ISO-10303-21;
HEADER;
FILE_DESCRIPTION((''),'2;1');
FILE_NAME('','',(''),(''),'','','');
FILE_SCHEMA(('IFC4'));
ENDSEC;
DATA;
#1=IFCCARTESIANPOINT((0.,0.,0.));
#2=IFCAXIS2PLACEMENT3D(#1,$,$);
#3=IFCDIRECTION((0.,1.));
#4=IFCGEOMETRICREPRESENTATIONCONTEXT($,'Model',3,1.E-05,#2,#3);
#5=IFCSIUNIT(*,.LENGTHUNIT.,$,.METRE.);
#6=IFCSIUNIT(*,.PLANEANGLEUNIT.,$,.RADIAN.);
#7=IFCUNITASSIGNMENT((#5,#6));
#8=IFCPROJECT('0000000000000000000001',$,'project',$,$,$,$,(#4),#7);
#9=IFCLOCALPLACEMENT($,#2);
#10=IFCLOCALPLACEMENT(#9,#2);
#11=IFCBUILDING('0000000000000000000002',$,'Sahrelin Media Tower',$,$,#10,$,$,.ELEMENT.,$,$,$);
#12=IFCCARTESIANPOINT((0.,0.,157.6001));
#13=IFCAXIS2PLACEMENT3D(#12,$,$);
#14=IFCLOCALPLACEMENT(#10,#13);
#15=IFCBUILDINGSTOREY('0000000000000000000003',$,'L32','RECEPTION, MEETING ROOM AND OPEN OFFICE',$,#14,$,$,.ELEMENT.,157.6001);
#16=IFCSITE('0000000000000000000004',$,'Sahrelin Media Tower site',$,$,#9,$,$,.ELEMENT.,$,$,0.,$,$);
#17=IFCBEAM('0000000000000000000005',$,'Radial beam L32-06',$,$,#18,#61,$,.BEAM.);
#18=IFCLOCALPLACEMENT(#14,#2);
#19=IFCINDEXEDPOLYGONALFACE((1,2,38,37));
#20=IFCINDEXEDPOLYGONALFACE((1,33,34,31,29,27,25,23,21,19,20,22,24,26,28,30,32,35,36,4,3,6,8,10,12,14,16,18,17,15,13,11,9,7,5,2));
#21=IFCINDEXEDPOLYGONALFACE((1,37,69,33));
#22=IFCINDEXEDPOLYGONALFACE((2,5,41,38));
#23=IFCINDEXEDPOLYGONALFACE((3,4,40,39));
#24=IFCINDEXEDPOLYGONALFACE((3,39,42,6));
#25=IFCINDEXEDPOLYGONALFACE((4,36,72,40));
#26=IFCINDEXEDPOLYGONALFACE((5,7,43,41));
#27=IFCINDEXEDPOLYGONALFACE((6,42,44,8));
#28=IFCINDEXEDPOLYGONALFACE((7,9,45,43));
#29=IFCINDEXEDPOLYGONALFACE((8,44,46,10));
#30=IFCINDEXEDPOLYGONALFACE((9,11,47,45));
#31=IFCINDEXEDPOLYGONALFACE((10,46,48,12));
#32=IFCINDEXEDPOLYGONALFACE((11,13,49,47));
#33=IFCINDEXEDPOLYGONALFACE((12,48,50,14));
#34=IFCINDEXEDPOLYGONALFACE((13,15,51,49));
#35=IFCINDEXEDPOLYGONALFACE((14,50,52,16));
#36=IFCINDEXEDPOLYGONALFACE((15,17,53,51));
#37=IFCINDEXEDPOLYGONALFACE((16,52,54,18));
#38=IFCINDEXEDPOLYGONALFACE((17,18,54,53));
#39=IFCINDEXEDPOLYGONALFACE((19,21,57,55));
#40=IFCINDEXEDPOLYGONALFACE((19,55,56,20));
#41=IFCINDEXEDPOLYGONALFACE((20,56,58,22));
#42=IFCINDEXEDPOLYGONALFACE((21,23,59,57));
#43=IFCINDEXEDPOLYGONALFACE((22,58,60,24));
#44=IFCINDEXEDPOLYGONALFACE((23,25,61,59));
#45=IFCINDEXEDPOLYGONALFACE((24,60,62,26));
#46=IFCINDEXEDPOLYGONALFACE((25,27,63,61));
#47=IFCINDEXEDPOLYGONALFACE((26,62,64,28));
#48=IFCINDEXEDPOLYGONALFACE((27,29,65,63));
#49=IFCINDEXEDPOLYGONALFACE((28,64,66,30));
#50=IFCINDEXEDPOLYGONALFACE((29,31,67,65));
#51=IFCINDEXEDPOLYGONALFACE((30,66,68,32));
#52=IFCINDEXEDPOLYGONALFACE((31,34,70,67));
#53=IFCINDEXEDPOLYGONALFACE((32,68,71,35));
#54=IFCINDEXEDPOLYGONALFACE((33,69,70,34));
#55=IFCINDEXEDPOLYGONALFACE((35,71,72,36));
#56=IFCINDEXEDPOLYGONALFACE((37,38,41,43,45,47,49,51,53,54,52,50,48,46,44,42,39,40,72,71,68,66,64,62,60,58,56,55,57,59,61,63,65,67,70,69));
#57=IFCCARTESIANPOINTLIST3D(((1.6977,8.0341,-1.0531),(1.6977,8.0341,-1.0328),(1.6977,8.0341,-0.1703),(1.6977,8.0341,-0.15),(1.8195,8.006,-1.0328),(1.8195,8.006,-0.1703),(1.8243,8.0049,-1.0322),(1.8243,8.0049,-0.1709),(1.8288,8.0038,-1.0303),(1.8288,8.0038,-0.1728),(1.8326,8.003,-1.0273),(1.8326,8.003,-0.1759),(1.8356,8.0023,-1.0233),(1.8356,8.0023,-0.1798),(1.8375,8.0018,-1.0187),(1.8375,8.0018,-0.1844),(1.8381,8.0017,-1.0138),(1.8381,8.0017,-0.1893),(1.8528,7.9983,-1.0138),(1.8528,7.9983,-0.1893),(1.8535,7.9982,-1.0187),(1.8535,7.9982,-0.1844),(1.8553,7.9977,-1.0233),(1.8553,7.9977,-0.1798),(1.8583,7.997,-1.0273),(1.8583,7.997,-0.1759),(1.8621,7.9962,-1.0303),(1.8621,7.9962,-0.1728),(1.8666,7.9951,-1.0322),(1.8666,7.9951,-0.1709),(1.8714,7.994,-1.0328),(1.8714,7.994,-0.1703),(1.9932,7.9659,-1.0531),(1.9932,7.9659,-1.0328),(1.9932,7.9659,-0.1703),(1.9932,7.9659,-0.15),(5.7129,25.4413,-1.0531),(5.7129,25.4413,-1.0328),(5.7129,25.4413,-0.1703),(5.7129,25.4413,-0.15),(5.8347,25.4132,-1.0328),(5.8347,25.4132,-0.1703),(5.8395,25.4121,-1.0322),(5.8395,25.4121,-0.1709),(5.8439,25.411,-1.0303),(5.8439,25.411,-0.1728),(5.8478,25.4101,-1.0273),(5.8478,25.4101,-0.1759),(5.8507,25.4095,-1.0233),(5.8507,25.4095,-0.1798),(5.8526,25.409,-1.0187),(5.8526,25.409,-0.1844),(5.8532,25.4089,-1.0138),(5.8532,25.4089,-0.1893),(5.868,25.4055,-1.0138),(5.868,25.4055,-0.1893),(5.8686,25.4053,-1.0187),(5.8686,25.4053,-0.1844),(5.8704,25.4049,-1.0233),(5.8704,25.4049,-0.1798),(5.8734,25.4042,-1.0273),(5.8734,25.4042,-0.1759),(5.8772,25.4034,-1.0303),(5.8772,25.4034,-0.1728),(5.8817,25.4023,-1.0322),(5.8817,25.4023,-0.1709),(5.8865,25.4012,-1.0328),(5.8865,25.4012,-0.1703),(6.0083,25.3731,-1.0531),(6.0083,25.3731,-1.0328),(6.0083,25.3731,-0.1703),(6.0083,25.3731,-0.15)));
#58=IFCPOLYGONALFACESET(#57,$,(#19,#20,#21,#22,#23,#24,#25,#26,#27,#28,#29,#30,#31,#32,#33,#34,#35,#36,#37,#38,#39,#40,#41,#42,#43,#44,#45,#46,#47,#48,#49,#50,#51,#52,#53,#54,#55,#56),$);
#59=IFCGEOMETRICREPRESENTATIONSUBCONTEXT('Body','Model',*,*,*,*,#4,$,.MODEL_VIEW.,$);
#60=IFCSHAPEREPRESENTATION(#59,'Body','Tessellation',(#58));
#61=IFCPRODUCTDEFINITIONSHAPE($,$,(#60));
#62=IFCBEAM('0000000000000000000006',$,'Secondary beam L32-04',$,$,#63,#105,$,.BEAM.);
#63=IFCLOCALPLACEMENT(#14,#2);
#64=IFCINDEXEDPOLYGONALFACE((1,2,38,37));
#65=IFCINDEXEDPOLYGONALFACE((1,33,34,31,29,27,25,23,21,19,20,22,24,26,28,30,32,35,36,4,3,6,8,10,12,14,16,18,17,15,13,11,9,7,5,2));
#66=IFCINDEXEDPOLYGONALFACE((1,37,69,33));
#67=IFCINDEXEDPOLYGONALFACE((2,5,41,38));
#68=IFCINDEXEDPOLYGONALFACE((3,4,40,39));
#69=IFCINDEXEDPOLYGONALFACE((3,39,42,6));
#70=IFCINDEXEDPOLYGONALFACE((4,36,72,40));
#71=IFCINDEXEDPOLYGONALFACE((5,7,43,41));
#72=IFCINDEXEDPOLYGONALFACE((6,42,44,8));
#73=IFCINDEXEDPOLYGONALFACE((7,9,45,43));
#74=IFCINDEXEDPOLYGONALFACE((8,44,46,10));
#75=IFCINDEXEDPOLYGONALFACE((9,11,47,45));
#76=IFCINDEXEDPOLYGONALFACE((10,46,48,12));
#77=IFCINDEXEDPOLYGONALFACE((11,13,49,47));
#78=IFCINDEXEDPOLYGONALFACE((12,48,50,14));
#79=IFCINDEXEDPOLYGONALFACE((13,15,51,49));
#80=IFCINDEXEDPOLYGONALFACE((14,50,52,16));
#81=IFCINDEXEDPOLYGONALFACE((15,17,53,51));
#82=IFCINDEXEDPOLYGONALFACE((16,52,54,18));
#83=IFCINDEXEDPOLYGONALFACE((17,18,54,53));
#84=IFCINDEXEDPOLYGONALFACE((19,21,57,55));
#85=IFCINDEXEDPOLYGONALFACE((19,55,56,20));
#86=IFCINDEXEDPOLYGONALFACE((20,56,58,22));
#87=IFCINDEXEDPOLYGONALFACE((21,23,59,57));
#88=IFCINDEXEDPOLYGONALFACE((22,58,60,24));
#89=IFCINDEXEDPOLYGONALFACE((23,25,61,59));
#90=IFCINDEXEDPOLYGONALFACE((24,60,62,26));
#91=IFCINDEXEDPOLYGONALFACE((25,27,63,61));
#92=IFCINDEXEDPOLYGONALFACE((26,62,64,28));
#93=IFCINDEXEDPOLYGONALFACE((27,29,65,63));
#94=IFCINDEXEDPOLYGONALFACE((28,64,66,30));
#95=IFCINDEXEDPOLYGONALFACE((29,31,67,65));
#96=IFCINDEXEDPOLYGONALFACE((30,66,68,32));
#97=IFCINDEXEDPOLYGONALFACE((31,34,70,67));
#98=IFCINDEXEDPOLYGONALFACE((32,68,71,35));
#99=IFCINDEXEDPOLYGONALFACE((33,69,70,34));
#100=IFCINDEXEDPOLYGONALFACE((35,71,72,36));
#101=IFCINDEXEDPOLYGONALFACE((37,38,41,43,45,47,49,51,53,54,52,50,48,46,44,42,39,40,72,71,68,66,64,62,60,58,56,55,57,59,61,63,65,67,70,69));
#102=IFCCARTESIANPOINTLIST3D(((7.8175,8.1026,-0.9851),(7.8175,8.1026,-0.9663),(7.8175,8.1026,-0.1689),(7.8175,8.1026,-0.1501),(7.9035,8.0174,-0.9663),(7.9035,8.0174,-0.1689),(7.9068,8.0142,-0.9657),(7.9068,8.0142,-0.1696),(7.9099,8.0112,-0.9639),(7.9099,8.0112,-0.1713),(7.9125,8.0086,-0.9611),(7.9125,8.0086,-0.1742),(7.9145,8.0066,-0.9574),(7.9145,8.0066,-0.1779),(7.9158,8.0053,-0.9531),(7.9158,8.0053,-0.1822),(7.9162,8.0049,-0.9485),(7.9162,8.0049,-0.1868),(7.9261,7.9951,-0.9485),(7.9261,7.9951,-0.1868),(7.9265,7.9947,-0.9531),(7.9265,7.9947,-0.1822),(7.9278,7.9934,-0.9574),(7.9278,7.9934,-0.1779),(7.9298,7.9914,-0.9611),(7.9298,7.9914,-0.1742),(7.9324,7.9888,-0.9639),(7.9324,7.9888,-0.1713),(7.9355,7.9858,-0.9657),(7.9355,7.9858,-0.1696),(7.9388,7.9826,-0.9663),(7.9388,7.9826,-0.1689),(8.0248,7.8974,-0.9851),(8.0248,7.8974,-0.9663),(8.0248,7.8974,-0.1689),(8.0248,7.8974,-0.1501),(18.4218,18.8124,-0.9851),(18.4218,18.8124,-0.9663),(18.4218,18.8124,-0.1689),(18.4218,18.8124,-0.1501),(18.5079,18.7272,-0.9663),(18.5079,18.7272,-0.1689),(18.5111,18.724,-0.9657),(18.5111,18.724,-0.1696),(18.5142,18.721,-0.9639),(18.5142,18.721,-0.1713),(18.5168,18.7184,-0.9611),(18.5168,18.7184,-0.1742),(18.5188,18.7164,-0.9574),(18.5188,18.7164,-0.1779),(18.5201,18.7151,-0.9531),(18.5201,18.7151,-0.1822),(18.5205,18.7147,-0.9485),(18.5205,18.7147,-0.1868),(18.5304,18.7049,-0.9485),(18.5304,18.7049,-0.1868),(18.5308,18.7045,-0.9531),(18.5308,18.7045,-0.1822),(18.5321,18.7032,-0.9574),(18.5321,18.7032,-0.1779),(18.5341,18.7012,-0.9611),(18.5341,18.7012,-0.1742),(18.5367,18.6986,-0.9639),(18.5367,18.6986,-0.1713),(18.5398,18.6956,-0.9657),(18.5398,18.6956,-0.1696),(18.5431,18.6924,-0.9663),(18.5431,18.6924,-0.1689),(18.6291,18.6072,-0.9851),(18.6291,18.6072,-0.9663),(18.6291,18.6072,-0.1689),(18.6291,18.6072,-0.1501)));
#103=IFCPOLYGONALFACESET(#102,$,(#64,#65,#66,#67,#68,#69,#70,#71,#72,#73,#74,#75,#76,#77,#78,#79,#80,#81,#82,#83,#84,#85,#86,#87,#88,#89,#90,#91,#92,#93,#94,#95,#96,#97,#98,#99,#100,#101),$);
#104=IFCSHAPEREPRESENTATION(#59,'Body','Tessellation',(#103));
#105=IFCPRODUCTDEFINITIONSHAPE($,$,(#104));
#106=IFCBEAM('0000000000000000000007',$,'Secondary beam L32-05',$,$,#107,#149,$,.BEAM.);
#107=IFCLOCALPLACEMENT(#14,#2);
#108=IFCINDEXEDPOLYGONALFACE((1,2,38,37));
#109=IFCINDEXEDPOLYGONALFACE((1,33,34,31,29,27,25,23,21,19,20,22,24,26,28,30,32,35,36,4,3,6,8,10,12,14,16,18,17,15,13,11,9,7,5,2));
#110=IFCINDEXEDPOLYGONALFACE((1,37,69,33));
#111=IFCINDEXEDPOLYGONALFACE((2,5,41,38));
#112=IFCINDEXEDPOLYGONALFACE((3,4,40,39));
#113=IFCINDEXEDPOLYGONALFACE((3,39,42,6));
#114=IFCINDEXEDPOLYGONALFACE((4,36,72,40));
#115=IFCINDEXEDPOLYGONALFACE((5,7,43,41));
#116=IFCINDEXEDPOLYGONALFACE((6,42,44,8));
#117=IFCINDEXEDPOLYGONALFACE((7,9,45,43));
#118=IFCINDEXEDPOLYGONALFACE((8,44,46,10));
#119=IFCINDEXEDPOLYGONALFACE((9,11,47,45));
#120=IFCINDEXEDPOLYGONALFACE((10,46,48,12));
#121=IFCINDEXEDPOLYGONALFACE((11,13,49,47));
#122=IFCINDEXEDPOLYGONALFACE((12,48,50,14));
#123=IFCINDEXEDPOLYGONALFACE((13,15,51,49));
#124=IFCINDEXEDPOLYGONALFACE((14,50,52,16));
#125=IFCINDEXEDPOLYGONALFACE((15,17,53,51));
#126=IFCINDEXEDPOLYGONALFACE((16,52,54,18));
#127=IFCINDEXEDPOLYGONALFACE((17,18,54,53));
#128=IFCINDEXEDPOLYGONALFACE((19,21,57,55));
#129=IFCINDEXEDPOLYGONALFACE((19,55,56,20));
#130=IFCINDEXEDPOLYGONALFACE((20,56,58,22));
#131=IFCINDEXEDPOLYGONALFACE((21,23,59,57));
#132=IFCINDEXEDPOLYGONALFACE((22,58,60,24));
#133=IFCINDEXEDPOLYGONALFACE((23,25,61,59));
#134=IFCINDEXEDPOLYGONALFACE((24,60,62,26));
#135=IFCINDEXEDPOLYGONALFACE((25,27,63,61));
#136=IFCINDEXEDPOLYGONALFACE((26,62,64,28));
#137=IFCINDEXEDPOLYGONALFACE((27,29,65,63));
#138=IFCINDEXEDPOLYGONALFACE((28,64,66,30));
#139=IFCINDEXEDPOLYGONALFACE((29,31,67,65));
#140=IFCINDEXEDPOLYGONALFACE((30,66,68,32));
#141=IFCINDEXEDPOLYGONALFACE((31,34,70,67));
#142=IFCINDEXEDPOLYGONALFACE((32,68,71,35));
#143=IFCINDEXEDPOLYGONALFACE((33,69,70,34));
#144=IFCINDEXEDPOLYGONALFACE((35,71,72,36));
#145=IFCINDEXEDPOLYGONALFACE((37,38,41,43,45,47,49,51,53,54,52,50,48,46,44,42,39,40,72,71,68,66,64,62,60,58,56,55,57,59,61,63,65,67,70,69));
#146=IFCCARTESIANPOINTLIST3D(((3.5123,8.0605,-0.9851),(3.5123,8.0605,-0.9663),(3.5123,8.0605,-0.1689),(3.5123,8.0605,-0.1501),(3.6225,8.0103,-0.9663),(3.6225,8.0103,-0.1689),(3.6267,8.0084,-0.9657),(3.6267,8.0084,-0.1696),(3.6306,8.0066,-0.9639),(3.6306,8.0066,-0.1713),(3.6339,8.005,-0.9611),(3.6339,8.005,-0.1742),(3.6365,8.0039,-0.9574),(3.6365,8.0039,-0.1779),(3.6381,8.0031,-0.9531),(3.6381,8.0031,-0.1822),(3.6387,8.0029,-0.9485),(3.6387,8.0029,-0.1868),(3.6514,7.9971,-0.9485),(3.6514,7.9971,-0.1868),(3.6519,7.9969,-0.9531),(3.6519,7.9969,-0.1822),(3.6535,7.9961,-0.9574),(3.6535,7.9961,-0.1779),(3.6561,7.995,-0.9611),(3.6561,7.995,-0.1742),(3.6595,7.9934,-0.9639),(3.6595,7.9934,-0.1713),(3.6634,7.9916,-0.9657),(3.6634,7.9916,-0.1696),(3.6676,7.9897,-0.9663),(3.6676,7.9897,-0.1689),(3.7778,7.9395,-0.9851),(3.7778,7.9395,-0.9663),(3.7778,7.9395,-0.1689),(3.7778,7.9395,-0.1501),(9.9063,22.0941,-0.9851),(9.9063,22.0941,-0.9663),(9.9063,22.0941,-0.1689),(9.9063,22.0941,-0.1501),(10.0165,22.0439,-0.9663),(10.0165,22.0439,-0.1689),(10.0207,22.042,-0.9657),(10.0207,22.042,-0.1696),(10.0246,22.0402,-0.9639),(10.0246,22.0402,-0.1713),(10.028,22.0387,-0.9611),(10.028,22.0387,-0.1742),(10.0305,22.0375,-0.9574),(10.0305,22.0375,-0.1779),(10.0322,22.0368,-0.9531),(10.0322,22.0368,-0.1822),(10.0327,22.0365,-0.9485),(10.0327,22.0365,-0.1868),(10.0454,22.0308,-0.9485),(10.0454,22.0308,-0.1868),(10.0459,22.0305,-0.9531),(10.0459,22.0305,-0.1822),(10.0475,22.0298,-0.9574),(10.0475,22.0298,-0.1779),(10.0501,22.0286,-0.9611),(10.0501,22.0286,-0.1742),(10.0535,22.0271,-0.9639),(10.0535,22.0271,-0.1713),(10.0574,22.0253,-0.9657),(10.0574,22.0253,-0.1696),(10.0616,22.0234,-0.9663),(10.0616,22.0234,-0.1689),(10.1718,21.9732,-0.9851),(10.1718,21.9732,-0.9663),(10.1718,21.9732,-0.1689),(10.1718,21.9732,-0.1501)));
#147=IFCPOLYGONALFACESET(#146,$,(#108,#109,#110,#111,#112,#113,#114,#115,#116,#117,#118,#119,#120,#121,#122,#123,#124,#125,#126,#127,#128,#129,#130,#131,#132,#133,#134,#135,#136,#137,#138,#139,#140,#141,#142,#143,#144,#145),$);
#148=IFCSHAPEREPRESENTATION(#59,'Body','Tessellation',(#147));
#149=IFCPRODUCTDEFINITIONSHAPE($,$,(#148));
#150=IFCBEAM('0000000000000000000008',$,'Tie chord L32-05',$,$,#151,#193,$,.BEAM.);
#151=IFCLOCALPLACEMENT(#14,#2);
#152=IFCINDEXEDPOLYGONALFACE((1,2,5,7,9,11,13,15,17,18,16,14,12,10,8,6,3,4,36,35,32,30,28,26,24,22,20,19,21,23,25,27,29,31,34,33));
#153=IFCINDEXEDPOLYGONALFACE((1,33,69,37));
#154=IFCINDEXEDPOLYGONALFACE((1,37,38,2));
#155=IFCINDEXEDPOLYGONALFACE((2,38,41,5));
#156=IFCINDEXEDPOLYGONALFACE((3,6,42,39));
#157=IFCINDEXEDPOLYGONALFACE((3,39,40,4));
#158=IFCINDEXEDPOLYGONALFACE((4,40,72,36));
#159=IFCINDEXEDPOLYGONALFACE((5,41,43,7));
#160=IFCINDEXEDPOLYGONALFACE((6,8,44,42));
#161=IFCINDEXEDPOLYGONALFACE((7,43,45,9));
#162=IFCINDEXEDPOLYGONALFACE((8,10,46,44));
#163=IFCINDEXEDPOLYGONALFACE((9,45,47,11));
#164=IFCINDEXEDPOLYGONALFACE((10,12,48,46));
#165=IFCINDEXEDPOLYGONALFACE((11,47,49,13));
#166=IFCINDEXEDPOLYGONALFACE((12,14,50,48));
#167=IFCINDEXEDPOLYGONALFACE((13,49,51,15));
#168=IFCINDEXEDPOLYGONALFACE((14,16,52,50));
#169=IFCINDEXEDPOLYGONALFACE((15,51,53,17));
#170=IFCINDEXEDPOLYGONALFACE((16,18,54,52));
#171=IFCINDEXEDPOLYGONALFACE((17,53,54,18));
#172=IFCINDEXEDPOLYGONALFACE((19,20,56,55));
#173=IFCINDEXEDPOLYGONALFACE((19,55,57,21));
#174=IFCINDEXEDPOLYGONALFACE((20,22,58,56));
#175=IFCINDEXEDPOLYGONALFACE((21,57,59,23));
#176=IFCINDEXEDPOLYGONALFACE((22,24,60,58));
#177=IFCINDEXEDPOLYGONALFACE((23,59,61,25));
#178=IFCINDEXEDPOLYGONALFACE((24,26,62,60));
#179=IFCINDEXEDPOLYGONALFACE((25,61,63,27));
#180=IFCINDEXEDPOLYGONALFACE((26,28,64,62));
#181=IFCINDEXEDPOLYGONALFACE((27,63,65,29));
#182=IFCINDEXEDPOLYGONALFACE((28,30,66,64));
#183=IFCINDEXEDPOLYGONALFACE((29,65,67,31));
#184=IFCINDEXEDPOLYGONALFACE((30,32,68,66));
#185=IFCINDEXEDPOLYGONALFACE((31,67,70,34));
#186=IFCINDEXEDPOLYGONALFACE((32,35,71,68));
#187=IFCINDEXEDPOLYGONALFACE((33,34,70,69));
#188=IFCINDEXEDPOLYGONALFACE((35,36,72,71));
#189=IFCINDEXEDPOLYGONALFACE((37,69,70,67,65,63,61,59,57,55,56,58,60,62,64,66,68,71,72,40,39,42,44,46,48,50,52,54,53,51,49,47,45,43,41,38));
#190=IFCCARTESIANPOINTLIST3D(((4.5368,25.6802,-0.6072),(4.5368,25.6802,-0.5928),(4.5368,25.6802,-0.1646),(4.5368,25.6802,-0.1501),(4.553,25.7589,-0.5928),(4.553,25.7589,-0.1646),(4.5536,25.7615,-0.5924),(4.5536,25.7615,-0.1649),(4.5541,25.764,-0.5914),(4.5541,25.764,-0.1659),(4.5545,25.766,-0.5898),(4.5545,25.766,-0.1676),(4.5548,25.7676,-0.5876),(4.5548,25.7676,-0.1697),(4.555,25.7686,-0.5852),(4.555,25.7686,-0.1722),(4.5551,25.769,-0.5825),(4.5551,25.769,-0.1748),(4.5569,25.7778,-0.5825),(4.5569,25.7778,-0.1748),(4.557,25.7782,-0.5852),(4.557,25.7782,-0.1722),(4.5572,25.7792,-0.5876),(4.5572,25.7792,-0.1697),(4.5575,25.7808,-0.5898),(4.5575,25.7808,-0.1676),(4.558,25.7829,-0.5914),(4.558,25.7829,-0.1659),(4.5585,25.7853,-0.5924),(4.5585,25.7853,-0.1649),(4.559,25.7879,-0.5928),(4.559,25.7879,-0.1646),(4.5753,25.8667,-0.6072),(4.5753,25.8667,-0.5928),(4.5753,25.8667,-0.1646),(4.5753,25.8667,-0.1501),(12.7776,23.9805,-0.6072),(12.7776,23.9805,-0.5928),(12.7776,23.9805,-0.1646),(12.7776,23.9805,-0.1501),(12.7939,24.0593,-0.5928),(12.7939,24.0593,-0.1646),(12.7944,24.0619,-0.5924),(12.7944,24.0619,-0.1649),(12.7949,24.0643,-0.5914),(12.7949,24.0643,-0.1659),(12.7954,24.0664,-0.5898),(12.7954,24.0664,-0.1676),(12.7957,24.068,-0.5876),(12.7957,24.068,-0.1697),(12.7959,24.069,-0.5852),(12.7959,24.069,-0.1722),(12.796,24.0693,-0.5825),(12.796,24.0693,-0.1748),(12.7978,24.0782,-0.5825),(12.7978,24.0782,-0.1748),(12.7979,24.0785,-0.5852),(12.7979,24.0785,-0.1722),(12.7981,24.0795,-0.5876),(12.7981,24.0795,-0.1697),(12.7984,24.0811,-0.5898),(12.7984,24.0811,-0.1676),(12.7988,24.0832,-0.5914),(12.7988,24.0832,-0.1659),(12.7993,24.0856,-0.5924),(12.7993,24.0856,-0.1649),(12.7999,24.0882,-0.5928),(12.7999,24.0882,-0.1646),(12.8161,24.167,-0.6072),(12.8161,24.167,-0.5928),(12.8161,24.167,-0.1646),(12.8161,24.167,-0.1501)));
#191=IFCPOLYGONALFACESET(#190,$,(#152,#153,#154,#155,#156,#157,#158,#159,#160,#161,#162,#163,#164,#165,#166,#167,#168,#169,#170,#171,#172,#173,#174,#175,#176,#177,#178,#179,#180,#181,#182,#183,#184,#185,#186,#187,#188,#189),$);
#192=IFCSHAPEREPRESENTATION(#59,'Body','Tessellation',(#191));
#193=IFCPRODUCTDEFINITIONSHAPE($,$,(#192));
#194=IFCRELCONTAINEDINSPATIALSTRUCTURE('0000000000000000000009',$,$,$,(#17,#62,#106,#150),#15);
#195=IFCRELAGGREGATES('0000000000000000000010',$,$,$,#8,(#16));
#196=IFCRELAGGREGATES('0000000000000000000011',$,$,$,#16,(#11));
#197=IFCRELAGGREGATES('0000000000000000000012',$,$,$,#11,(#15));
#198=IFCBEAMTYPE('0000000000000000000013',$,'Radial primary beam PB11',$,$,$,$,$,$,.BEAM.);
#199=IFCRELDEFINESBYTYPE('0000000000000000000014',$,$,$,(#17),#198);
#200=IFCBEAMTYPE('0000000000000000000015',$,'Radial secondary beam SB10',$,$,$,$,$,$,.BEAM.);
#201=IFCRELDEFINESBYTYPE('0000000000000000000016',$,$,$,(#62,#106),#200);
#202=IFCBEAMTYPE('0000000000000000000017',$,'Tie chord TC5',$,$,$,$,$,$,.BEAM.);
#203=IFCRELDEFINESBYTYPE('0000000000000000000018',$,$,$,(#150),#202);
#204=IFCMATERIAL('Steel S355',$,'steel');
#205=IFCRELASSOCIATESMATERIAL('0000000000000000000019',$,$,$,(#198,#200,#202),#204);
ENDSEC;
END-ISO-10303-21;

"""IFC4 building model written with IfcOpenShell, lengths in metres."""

from ifc_helpers import new_model, si_unit, direction, frame, origin, origin_2d, place, context, subcontext, project, spatial, i_section, extrude, material, material_profile, profile_set, type_object, element, save


model = new_model("IFC4")

# Units and contexts
model_context = context("Model", 3, precision=1e-05, world=origin(), true_north=direction((0.0, 1.0)))
body_context = subcontext(model_context, "Body", "Model", "MODEL_VIEW")
ifc_project = project(units=[si_unit("LENGTHUNIT", "METRE"), si_unit("PLANEANGLEUNIT", "RADIAN")], contexts=[model_context])

# Site, building, storey
site_placement = place(None, origin())
site = spatial("IfcSite", under=ifc_project, at=site_placement, Name="Sahrelin Media Tower site", CompositionType="ELEMENT", RefElevation=0.0)
building_placement = place(site_placement, origin())
building = spatial("IfcBuilding", under=site, at=building_placement, Name="Sahrelin Media Tower", CompositionType="ELEMENT")
storey_placement = place(building_placement, frame((0.0, 0.0, 157.6001)))
storey = spatial("IfcBuildingStorey", under=building, at=storey_placement, Name="L32", Description="RECEPTION, MEETING ROOM AND OPEN OFFICE", CompositionType="ELEMENT", Elevation=157.6001)

# Shared definitions
ifc_material_1 = material(Name="Steel S355", Category="steel")

# Beams
ifc_material_profile_1 = material_profile(ifc_material_1, i_section(OverallWidth=0.3032, OverallDepth=0.9031, WebThickness=0.0151, FlangeThickness=0.0203, FilletRadius=0.019, at=origin_2d()), Name="UB 914x305x201")
ifc_profile_set_1 = profile_set([ifc_material_profile_1], Name="Steel S355")
beam_type_1 = type_object("IfcBeamType", Name="Radial primary beam PB11", PredefinedType="BEAM", material=ifc_profile_set_1)
beam_1_placement = place(storey_placement, frame((1.8455, 8.0, -0.6016), z_axis=(0.224758, 0.974415, 0.0), x_axis=(-0.974415, 0.224758, 0.0)))
element("IfcBeam", 1, at=beam_1_placement, inside=storey, type_object=beam_type_1, Name="Radial beam L32-06", PredefinedType="BEAM", context=body_context, shape_type="SweptSolid", body=[
    extrude(i_section(OverallWidth=0.3032, OverallDepth=0.9031, WebThickness=0.0151, FlangeThickness=0.0203, FilletRadius=0.019, at=origin_2d()), origin(), (0.0, 0.0, 1.0), 17.8643),
])
ifc_material_profile_2 = material_profile(ifc_material_1, i_section(OverallWidth=0.2917, OverallDepth=0.835, WebThickness=0.0139, FlangeThickness=0.0188, FilletRadius=0.0178, at=origin_2d()), Name="UB 838x292x176")
ifc_profile_set_2 = profile_set([ifc_material_profile_2], Name="Steel S355")
beam_type_2 = type_object("IfcBeamType", Name="Radial secondary beam SB10", PredefinedType="BEAM", material=ifc_profile_set_2)
beam_2_placement = place(storey_placement, frame((7.9211, 8.0, -0.5676), z_axis=(0.703599, 0.710597, 0.0), x_axis=(-0.710597, 0.703599, 0.0)))
element("IfcBeam", 2, at=beam_2_placement, inside=storey, type_object=beam_type_2, Name="Secondary beam L32-04", PredefinedType="BEAM", context=body_context, shape_type="SweptSolid", body=[
    extrude(i_section(OverallWidth=0.2917, OverallDepth=0.835, WebThickness=0.0139, FlangeThickness=0.0188, FilletRadius=0.0178, at=origin_2d()), origin(), (0.0, 0.0, 1.0), 15.0715),
])
beam_3_placement = place(storey_placement, frame((3.645, 8.0, -0.5676), z_axis=(0.414614, 0.909997, 0.0), x_axis=(-0.909997, 0.414614, 0.0)))
element("IfcBeam", 3, at=beam_3_placement, inside=storey, type_object=beam_type_2, Name="Secondary beam L32-05", PredefinedType="BEAM", context=body_context, shape_type="SweptSolid", body=[
    extrude(i_section(OverallWidth=0.2917, OverallDepth=0.835, WebThickness=0.0139, FlangeThickness=0.0188, FilletRadius=0.0178, at=origin_2d()), origin(), (0.0, 0.0, 1.0), 15.4216),
])
ifc_material_profile_3 = material_profile(ifc_material_1, i_section(OverallWidth=0.1904, OverallDepth=0.457, WebThickness=0.009, FlangeThickness=0.0144, FilletRadius=0.0103, at=origin_2d()), Name="UB 457x191x74")
ifc_profile_set_3 = profile_set([ifc_material_profile_3], Name="Steel S355")
beam_type_3 = type_object("IfcBeamType", Name="Tie chord TC5", PredefinedType="BEAM", material=ifc_profile_set_3)
beam_4_placement = place(storey_placement, frame((12.7969, 24.0737, -0.3787), z_axis=(-0.979386, 0.201999, 0.0), x_axis=(-0.201999, -0.979386, 0.0)))
element("IfcBeam", 4, at=beam_4_placement, inside=storey, type_object=beam_type_3, Name="Tie chord L32-05", PredefinedType="BEAM", context=body_context, shape_type="SweptSolid", body=[
    extrude(i_section(OverallWidth=0.1904, OverallDepth=0.457, WebThickness=0.009, FlangeThickness=0.0144, FilletRadius=0.0103, at=origin_2d()), origin(), (0.0, 0.0, 1.0), 8.4143),
])

save(model, "model.ifc")
